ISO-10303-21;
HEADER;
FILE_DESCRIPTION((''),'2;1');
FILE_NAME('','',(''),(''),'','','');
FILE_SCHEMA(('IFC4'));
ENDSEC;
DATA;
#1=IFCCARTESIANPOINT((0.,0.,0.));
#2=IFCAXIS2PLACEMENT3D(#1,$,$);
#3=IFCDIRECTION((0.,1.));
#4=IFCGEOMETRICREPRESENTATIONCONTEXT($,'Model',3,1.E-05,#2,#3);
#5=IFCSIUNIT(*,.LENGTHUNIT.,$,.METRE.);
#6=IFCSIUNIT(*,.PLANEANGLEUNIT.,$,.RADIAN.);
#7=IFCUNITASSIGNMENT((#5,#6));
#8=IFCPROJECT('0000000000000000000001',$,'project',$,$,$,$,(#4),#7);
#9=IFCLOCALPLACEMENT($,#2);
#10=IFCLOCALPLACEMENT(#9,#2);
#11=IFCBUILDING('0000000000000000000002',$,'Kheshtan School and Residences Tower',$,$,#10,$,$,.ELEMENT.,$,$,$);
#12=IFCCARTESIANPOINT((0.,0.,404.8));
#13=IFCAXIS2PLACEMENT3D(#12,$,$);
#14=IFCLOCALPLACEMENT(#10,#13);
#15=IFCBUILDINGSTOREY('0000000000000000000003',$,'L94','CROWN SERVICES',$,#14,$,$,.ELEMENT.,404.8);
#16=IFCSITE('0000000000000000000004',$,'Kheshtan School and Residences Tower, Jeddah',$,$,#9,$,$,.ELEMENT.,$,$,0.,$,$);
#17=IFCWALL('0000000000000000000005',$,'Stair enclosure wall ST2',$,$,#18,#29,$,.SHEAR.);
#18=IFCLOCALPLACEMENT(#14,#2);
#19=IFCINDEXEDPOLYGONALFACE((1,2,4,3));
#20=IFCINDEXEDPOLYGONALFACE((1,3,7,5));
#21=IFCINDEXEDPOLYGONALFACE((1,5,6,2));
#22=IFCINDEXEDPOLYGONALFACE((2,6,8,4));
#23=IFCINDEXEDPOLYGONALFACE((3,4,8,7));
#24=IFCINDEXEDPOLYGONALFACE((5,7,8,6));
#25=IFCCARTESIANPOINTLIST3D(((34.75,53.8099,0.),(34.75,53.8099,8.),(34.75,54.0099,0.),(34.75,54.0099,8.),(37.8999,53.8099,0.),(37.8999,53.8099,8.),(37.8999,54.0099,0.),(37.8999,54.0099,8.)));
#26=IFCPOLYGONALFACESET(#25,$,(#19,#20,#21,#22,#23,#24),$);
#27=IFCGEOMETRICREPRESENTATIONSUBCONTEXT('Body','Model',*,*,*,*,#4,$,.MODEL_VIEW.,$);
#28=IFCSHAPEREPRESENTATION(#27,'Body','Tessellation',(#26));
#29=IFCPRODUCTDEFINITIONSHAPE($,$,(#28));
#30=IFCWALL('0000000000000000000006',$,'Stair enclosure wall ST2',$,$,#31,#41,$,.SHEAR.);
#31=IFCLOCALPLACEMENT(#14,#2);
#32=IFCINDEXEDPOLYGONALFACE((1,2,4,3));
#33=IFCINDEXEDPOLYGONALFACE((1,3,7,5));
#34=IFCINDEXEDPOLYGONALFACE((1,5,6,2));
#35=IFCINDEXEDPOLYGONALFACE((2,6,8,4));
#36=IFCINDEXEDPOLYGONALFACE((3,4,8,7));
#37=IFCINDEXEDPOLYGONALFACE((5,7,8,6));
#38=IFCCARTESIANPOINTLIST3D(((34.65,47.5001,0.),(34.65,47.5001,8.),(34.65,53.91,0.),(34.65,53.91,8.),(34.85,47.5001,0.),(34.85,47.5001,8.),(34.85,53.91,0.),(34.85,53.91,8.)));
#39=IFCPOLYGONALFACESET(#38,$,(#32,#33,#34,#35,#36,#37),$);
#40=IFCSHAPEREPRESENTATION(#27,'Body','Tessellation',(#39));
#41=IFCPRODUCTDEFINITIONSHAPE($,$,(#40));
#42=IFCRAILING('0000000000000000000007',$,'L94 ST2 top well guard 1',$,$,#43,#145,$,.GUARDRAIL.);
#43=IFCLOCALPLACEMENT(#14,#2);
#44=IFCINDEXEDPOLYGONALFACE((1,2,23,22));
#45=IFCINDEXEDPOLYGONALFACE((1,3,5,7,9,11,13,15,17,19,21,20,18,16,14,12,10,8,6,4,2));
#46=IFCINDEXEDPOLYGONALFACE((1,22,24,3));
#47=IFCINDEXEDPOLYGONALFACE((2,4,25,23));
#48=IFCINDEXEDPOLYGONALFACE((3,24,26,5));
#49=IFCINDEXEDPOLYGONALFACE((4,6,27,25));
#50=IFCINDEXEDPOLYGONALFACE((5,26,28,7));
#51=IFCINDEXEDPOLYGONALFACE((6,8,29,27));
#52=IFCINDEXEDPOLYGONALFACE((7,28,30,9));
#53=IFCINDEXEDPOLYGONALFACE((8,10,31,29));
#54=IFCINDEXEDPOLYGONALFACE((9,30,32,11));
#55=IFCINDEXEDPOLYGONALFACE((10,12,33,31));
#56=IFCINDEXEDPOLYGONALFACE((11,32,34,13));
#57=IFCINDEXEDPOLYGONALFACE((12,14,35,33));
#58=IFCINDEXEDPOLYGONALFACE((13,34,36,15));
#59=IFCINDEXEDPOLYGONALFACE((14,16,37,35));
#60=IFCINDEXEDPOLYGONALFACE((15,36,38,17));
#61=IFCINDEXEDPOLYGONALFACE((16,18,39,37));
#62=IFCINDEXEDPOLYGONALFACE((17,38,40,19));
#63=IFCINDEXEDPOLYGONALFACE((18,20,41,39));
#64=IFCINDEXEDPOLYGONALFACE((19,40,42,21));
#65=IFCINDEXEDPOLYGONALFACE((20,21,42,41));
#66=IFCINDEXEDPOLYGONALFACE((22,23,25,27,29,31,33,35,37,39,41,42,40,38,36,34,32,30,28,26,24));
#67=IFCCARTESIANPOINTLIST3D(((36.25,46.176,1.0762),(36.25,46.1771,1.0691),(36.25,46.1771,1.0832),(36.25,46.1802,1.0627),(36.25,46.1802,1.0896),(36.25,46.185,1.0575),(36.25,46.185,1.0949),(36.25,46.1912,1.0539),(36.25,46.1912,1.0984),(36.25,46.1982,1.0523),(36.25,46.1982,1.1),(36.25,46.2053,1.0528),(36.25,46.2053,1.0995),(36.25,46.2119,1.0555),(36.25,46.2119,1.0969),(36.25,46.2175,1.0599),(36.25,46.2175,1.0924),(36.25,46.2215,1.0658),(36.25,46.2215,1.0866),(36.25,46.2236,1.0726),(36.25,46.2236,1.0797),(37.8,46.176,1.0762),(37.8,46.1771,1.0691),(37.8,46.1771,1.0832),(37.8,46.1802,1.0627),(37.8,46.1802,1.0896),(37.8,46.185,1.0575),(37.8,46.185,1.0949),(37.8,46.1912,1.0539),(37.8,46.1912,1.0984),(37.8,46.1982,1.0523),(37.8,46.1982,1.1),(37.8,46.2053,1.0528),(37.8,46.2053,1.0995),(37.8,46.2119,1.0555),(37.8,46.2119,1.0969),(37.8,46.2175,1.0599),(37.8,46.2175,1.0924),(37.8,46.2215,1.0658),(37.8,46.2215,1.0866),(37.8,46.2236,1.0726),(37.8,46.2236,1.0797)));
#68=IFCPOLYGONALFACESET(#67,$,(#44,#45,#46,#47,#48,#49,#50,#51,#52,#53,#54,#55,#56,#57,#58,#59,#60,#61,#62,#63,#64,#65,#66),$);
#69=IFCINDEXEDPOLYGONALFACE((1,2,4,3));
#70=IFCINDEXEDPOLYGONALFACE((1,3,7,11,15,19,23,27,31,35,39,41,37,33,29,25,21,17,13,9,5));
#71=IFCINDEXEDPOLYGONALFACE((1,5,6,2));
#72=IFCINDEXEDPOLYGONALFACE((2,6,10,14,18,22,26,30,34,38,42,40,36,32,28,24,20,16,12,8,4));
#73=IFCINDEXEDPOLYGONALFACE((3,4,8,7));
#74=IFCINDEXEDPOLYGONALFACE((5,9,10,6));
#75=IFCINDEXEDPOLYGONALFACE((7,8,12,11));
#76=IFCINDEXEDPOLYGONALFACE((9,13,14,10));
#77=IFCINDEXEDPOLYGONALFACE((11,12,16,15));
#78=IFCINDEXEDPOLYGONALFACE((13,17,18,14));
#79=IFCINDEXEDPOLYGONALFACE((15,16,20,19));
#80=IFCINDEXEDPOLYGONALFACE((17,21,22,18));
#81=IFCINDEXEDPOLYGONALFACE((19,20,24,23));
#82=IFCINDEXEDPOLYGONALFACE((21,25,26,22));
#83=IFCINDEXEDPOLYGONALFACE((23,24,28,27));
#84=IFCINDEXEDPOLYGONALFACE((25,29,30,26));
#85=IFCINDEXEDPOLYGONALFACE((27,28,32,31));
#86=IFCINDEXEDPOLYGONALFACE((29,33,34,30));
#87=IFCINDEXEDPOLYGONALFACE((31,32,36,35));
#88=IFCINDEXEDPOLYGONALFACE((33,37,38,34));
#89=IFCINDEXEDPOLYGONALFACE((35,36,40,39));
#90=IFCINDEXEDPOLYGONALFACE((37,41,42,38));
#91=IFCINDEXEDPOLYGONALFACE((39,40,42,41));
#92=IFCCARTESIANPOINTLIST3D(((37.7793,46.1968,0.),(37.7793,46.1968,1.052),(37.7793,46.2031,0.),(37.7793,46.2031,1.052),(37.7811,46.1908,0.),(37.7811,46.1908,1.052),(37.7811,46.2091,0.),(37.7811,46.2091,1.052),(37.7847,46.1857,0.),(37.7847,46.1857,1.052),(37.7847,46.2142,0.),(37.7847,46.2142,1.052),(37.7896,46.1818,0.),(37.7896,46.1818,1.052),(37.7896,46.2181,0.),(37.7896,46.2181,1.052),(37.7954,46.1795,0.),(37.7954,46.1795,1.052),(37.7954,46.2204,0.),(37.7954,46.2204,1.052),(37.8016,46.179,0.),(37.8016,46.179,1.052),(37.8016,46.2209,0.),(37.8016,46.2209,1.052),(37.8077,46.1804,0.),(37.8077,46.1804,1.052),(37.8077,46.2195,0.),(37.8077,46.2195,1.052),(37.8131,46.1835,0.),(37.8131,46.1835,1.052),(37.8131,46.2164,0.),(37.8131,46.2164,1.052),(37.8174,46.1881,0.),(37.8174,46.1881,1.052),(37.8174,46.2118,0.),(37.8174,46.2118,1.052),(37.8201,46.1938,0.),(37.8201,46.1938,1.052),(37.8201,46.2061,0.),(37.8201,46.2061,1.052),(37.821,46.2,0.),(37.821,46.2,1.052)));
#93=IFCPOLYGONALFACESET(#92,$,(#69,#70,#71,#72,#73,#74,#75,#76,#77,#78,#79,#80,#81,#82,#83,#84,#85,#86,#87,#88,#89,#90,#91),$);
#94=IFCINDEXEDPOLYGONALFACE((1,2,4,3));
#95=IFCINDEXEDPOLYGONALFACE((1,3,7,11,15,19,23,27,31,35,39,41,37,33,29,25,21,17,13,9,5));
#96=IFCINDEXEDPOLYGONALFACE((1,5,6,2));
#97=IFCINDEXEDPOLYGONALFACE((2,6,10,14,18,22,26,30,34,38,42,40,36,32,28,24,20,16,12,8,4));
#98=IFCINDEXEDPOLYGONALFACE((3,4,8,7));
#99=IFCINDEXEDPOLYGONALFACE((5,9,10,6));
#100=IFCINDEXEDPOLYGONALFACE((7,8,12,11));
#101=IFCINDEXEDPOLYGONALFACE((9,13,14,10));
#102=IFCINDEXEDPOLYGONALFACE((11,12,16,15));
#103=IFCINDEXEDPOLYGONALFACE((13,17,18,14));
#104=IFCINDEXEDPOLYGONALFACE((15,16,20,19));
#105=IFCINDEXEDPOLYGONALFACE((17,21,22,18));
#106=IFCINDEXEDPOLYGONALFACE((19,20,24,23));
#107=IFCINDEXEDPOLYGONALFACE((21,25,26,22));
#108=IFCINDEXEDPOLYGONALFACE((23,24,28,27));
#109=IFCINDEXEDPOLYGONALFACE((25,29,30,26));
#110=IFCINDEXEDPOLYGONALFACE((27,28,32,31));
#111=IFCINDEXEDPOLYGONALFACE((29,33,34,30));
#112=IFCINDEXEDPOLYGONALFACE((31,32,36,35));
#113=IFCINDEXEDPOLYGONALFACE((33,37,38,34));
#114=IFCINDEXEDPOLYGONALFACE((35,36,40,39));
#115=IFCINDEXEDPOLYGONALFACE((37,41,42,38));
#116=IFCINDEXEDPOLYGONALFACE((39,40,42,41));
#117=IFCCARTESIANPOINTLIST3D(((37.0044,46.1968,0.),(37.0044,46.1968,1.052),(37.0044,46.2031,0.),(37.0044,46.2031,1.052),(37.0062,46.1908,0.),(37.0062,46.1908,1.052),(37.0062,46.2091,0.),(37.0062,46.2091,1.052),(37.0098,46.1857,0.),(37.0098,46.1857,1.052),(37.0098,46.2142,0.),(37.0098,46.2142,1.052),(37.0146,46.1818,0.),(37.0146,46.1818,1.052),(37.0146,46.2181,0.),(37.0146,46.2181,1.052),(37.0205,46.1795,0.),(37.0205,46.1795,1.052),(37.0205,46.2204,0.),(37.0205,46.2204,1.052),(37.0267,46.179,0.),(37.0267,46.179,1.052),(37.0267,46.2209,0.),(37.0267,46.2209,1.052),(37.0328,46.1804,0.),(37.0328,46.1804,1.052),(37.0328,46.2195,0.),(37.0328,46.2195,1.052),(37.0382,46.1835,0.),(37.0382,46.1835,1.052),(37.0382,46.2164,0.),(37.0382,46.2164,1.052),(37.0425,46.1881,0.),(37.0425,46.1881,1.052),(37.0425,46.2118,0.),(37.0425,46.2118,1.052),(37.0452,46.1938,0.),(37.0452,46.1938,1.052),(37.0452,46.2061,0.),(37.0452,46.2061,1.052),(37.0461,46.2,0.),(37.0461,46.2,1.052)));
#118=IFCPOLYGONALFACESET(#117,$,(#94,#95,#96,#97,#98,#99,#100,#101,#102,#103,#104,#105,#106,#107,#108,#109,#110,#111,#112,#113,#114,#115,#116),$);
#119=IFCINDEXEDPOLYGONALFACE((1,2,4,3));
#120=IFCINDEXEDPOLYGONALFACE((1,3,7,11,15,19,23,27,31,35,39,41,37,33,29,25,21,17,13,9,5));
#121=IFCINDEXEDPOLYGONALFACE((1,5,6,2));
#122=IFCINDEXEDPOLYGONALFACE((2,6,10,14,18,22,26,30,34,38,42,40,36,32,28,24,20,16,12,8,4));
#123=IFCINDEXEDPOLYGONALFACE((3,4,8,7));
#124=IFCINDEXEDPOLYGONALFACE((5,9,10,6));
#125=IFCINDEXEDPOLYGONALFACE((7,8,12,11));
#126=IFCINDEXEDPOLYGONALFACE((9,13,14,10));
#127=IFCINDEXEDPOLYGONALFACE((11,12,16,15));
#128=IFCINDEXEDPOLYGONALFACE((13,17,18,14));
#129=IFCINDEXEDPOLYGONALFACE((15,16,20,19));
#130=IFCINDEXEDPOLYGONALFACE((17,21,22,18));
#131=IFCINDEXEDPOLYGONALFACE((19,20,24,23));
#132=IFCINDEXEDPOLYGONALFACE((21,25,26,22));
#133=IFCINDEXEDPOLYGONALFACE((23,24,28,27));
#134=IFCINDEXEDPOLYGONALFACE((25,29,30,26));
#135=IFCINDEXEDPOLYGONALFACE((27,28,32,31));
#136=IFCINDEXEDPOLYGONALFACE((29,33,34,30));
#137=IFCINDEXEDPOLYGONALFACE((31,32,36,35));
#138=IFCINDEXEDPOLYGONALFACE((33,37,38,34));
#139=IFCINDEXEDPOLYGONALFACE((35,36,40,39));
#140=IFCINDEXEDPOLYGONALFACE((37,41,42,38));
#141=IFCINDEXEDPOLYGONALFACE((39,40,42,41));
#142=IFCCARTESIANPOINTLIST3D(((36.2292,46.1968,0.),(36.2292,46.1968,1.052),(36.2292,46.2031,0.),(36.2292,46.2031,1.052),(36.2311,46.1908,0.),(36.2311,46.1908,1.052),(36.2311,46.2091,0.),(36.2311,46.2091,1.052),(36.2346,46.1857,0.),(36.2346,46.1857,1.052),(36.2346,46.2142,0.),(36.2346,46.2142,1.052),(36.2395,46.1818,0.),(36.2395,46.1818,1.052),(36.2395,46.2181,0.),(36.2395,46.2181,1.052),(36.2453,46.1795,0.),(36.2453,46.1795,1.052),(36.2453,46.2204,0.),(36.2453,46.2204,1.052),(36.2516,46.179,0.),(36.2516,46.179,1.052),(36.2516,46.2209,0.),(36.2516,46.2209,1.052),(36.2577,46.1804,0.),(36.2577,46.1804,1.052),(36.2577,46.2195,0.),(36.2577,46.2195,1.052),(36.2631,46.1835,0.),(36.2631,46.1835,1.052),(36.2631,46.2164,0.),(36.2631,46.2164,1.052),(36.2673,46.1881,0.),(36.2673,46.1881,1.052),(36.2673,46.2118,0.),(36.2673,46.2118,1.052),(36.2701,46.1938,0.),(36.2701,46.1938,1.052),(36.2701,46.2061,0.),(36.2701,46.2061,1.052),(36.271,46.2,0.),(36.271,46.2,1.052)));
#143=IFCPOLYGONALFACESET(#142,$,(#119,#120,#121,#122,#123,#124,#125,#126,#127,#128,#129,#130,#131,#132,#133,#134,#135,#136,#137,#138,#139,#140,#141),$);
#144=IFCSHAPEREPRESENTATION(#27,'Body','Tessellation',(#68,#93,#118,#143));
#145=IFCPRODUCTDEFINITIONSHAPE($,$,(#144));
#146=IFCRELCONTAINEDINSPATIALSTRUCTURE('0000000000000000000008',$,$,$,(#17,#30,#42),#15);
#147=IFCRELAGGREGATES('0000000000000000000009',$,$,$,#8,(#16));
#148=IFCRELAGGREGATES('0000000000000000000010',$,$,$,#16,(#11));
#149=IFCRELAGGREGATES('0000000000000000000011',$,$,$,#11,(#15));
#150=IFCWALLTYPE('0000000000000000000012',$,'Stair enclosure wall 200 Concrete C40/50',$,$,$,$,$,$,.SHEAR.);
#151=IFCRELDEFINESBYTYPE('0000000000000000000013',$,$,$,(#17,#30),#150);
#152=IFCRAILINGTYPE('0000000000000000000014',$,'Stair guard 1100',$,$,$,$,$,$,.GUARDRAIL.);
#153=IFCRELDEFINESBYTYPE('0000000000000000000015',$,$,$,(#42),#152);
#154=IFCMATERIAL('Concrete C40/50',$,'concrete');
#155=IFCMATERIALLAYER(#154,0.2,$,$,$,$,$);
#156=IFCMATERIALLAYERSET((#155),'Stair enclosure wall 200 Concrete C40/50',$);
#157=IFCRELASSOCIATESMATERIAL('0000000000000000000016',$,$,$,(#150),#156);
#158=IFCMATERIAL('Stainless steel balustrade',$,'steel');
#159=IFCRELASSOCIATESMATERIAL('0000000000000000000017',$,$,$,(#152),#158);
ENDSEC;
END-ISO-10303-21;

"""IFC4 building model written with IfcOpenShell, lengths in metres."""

from ifc_helpers import new_model, si_unit, direction, frame, frame_2d, origin, origin_2d, place, context, subcontext, project, spatial, rectangle, circle, extrude, material, layer, layer_set, type_object, element, save


model = new_model("IFC4")

# Units and contexts
model_context = context("Model", 3, precision=1e-05, world=origin(), true_north=direction((0.0, 1.0)))
body_context = subcontext(model_context, "Body", "Model", "MODEL_VIEW")
ifc_project = project(units=[si_unit("LENGTHUNIT", "METRE"), si_unit("PLANEANGLEUNIT", "RADIAN")], contexts=[model_context])

# Site, building, storey
site_placement = place(None, origin())
site = spatial("IfcSite", under=ifc_project, at=site_placement, Name="Kheshtan School and Residences Tower, Jeddah", CompositionType="ELEMENT", RefElevation=0.0)
building_placement = place(site_placement, origin())
building = spatial("IfcBuilding", under=site, at=building_placement, Name="Kheshtan School and Residences Tower", CompositionType="ELEMENT")
storey_placement = place(building_placement, frame((0.0, 0.0, 404.8)))
storey = spatial("IfcBuildingStorey", under=building, at=storey_placement, Name="L94", Description="CROWN SERVICES", CompositionType="ELEMENT", Elevation=404.8)

# Walls
ifc_material_1 = material(Name="Concrete C40/50", Category="concrete")
ifc_layer_1 = layer(ifc_material_1, 0.2)
ifc_layer_set_1 = layer_set([ifc_layer_1], Name="Stair enclosure wall 200 Concrete C40/50")
wall_type_1 = type_object("IfcWallType", Name="Stair enclosure wall 200 Concrete C40/50", PredefinedType="SHEAR", material=ifc_layer_set_1)
wall_1_placement = place(storey_placement, frame((34.75, 53.9099, 0.0), z_axis=(0.0, 0.0, 1.0), x_axis=(1.0, 0.0, 0.0)))
element("IfcWall", 1, at=wall_1_placement, inside=storey, type_object=wall_type_1, Name="Stair enclosure wall ST2", PredefinedType="SHEAR", context=body_context, shape_type="SweptSolid", body=[
    extrude(rectangle(XDim=3.1499, YDim=0.2, at=frame_2d((1.575, 0.0))), origin(), (0.0, 0.0, 1.0), 8.0),
])
wall_2_placement = place(storey_placement, frame((34.75, 47.5, 0.0), z_axis=(0.0, 0.0, 1.0), x_axis=(0.0, 1.0, 0.0)))
element("IfcWall", 2, at=wall_2_placement, inside=storey, type_object=wall_type_1, Name="Stair enclosure wall ST2", PredefinedType="SHEAR", context=body_context, shape_type="SweptSolid", body=[
    extrude(rectangle(XDim=6.4099, YDim=0.2, at=frame_2d((3.2051, 0.0))), origin(), (0.0, 0.0, 1.0), 8.0),
])

# Railing
ifc_material_2 = material(Name="Stainless steel balustrade", Category="steel")
railing_type = type_object("IfcRailingType", Name="Stair guard 1100", PredefinedType="GUARDRAIL", material=ifc_material_2)
railing_placement = place(storey_placement, frame((37.8, 46.2, 0.0)))
element("IfcRailing", 3, at=railing_placement, inside=storey, type_object=railing_type, Name="L94 ST2 top well guard 1", PredefinedType="GUARDRAIL", context=body_context, shape_type="SweptSolid", body=[
    extrude(circle(Radius=0.0239, at=origin_2d()), frame((0.0, 0.0, 1.0762), z_axis=(-1.0, 0.0, 0.0), x_axis=(0.0, -1.0, 0.0)), (0.0, 0.0, 1.0), 1.55),
    extrude(circle(Radius=0.021, at=origin_2d()), origin(), (0.0, 0.0, 1.0), 1.052),
    extrude(circle(Radius=0.021, at=origin_2d()), frame((-0.7749, 0.0, 0.0)), (0.0, 0.0, 1.0), 1.052),
    extrude(circle(Radius=0.021, at=origin_2d()), frame((-1.55, 0.0, 0.0)), (0.0, 0.0, 1.0), 1.052),
])

save(model, "model.ifc")
